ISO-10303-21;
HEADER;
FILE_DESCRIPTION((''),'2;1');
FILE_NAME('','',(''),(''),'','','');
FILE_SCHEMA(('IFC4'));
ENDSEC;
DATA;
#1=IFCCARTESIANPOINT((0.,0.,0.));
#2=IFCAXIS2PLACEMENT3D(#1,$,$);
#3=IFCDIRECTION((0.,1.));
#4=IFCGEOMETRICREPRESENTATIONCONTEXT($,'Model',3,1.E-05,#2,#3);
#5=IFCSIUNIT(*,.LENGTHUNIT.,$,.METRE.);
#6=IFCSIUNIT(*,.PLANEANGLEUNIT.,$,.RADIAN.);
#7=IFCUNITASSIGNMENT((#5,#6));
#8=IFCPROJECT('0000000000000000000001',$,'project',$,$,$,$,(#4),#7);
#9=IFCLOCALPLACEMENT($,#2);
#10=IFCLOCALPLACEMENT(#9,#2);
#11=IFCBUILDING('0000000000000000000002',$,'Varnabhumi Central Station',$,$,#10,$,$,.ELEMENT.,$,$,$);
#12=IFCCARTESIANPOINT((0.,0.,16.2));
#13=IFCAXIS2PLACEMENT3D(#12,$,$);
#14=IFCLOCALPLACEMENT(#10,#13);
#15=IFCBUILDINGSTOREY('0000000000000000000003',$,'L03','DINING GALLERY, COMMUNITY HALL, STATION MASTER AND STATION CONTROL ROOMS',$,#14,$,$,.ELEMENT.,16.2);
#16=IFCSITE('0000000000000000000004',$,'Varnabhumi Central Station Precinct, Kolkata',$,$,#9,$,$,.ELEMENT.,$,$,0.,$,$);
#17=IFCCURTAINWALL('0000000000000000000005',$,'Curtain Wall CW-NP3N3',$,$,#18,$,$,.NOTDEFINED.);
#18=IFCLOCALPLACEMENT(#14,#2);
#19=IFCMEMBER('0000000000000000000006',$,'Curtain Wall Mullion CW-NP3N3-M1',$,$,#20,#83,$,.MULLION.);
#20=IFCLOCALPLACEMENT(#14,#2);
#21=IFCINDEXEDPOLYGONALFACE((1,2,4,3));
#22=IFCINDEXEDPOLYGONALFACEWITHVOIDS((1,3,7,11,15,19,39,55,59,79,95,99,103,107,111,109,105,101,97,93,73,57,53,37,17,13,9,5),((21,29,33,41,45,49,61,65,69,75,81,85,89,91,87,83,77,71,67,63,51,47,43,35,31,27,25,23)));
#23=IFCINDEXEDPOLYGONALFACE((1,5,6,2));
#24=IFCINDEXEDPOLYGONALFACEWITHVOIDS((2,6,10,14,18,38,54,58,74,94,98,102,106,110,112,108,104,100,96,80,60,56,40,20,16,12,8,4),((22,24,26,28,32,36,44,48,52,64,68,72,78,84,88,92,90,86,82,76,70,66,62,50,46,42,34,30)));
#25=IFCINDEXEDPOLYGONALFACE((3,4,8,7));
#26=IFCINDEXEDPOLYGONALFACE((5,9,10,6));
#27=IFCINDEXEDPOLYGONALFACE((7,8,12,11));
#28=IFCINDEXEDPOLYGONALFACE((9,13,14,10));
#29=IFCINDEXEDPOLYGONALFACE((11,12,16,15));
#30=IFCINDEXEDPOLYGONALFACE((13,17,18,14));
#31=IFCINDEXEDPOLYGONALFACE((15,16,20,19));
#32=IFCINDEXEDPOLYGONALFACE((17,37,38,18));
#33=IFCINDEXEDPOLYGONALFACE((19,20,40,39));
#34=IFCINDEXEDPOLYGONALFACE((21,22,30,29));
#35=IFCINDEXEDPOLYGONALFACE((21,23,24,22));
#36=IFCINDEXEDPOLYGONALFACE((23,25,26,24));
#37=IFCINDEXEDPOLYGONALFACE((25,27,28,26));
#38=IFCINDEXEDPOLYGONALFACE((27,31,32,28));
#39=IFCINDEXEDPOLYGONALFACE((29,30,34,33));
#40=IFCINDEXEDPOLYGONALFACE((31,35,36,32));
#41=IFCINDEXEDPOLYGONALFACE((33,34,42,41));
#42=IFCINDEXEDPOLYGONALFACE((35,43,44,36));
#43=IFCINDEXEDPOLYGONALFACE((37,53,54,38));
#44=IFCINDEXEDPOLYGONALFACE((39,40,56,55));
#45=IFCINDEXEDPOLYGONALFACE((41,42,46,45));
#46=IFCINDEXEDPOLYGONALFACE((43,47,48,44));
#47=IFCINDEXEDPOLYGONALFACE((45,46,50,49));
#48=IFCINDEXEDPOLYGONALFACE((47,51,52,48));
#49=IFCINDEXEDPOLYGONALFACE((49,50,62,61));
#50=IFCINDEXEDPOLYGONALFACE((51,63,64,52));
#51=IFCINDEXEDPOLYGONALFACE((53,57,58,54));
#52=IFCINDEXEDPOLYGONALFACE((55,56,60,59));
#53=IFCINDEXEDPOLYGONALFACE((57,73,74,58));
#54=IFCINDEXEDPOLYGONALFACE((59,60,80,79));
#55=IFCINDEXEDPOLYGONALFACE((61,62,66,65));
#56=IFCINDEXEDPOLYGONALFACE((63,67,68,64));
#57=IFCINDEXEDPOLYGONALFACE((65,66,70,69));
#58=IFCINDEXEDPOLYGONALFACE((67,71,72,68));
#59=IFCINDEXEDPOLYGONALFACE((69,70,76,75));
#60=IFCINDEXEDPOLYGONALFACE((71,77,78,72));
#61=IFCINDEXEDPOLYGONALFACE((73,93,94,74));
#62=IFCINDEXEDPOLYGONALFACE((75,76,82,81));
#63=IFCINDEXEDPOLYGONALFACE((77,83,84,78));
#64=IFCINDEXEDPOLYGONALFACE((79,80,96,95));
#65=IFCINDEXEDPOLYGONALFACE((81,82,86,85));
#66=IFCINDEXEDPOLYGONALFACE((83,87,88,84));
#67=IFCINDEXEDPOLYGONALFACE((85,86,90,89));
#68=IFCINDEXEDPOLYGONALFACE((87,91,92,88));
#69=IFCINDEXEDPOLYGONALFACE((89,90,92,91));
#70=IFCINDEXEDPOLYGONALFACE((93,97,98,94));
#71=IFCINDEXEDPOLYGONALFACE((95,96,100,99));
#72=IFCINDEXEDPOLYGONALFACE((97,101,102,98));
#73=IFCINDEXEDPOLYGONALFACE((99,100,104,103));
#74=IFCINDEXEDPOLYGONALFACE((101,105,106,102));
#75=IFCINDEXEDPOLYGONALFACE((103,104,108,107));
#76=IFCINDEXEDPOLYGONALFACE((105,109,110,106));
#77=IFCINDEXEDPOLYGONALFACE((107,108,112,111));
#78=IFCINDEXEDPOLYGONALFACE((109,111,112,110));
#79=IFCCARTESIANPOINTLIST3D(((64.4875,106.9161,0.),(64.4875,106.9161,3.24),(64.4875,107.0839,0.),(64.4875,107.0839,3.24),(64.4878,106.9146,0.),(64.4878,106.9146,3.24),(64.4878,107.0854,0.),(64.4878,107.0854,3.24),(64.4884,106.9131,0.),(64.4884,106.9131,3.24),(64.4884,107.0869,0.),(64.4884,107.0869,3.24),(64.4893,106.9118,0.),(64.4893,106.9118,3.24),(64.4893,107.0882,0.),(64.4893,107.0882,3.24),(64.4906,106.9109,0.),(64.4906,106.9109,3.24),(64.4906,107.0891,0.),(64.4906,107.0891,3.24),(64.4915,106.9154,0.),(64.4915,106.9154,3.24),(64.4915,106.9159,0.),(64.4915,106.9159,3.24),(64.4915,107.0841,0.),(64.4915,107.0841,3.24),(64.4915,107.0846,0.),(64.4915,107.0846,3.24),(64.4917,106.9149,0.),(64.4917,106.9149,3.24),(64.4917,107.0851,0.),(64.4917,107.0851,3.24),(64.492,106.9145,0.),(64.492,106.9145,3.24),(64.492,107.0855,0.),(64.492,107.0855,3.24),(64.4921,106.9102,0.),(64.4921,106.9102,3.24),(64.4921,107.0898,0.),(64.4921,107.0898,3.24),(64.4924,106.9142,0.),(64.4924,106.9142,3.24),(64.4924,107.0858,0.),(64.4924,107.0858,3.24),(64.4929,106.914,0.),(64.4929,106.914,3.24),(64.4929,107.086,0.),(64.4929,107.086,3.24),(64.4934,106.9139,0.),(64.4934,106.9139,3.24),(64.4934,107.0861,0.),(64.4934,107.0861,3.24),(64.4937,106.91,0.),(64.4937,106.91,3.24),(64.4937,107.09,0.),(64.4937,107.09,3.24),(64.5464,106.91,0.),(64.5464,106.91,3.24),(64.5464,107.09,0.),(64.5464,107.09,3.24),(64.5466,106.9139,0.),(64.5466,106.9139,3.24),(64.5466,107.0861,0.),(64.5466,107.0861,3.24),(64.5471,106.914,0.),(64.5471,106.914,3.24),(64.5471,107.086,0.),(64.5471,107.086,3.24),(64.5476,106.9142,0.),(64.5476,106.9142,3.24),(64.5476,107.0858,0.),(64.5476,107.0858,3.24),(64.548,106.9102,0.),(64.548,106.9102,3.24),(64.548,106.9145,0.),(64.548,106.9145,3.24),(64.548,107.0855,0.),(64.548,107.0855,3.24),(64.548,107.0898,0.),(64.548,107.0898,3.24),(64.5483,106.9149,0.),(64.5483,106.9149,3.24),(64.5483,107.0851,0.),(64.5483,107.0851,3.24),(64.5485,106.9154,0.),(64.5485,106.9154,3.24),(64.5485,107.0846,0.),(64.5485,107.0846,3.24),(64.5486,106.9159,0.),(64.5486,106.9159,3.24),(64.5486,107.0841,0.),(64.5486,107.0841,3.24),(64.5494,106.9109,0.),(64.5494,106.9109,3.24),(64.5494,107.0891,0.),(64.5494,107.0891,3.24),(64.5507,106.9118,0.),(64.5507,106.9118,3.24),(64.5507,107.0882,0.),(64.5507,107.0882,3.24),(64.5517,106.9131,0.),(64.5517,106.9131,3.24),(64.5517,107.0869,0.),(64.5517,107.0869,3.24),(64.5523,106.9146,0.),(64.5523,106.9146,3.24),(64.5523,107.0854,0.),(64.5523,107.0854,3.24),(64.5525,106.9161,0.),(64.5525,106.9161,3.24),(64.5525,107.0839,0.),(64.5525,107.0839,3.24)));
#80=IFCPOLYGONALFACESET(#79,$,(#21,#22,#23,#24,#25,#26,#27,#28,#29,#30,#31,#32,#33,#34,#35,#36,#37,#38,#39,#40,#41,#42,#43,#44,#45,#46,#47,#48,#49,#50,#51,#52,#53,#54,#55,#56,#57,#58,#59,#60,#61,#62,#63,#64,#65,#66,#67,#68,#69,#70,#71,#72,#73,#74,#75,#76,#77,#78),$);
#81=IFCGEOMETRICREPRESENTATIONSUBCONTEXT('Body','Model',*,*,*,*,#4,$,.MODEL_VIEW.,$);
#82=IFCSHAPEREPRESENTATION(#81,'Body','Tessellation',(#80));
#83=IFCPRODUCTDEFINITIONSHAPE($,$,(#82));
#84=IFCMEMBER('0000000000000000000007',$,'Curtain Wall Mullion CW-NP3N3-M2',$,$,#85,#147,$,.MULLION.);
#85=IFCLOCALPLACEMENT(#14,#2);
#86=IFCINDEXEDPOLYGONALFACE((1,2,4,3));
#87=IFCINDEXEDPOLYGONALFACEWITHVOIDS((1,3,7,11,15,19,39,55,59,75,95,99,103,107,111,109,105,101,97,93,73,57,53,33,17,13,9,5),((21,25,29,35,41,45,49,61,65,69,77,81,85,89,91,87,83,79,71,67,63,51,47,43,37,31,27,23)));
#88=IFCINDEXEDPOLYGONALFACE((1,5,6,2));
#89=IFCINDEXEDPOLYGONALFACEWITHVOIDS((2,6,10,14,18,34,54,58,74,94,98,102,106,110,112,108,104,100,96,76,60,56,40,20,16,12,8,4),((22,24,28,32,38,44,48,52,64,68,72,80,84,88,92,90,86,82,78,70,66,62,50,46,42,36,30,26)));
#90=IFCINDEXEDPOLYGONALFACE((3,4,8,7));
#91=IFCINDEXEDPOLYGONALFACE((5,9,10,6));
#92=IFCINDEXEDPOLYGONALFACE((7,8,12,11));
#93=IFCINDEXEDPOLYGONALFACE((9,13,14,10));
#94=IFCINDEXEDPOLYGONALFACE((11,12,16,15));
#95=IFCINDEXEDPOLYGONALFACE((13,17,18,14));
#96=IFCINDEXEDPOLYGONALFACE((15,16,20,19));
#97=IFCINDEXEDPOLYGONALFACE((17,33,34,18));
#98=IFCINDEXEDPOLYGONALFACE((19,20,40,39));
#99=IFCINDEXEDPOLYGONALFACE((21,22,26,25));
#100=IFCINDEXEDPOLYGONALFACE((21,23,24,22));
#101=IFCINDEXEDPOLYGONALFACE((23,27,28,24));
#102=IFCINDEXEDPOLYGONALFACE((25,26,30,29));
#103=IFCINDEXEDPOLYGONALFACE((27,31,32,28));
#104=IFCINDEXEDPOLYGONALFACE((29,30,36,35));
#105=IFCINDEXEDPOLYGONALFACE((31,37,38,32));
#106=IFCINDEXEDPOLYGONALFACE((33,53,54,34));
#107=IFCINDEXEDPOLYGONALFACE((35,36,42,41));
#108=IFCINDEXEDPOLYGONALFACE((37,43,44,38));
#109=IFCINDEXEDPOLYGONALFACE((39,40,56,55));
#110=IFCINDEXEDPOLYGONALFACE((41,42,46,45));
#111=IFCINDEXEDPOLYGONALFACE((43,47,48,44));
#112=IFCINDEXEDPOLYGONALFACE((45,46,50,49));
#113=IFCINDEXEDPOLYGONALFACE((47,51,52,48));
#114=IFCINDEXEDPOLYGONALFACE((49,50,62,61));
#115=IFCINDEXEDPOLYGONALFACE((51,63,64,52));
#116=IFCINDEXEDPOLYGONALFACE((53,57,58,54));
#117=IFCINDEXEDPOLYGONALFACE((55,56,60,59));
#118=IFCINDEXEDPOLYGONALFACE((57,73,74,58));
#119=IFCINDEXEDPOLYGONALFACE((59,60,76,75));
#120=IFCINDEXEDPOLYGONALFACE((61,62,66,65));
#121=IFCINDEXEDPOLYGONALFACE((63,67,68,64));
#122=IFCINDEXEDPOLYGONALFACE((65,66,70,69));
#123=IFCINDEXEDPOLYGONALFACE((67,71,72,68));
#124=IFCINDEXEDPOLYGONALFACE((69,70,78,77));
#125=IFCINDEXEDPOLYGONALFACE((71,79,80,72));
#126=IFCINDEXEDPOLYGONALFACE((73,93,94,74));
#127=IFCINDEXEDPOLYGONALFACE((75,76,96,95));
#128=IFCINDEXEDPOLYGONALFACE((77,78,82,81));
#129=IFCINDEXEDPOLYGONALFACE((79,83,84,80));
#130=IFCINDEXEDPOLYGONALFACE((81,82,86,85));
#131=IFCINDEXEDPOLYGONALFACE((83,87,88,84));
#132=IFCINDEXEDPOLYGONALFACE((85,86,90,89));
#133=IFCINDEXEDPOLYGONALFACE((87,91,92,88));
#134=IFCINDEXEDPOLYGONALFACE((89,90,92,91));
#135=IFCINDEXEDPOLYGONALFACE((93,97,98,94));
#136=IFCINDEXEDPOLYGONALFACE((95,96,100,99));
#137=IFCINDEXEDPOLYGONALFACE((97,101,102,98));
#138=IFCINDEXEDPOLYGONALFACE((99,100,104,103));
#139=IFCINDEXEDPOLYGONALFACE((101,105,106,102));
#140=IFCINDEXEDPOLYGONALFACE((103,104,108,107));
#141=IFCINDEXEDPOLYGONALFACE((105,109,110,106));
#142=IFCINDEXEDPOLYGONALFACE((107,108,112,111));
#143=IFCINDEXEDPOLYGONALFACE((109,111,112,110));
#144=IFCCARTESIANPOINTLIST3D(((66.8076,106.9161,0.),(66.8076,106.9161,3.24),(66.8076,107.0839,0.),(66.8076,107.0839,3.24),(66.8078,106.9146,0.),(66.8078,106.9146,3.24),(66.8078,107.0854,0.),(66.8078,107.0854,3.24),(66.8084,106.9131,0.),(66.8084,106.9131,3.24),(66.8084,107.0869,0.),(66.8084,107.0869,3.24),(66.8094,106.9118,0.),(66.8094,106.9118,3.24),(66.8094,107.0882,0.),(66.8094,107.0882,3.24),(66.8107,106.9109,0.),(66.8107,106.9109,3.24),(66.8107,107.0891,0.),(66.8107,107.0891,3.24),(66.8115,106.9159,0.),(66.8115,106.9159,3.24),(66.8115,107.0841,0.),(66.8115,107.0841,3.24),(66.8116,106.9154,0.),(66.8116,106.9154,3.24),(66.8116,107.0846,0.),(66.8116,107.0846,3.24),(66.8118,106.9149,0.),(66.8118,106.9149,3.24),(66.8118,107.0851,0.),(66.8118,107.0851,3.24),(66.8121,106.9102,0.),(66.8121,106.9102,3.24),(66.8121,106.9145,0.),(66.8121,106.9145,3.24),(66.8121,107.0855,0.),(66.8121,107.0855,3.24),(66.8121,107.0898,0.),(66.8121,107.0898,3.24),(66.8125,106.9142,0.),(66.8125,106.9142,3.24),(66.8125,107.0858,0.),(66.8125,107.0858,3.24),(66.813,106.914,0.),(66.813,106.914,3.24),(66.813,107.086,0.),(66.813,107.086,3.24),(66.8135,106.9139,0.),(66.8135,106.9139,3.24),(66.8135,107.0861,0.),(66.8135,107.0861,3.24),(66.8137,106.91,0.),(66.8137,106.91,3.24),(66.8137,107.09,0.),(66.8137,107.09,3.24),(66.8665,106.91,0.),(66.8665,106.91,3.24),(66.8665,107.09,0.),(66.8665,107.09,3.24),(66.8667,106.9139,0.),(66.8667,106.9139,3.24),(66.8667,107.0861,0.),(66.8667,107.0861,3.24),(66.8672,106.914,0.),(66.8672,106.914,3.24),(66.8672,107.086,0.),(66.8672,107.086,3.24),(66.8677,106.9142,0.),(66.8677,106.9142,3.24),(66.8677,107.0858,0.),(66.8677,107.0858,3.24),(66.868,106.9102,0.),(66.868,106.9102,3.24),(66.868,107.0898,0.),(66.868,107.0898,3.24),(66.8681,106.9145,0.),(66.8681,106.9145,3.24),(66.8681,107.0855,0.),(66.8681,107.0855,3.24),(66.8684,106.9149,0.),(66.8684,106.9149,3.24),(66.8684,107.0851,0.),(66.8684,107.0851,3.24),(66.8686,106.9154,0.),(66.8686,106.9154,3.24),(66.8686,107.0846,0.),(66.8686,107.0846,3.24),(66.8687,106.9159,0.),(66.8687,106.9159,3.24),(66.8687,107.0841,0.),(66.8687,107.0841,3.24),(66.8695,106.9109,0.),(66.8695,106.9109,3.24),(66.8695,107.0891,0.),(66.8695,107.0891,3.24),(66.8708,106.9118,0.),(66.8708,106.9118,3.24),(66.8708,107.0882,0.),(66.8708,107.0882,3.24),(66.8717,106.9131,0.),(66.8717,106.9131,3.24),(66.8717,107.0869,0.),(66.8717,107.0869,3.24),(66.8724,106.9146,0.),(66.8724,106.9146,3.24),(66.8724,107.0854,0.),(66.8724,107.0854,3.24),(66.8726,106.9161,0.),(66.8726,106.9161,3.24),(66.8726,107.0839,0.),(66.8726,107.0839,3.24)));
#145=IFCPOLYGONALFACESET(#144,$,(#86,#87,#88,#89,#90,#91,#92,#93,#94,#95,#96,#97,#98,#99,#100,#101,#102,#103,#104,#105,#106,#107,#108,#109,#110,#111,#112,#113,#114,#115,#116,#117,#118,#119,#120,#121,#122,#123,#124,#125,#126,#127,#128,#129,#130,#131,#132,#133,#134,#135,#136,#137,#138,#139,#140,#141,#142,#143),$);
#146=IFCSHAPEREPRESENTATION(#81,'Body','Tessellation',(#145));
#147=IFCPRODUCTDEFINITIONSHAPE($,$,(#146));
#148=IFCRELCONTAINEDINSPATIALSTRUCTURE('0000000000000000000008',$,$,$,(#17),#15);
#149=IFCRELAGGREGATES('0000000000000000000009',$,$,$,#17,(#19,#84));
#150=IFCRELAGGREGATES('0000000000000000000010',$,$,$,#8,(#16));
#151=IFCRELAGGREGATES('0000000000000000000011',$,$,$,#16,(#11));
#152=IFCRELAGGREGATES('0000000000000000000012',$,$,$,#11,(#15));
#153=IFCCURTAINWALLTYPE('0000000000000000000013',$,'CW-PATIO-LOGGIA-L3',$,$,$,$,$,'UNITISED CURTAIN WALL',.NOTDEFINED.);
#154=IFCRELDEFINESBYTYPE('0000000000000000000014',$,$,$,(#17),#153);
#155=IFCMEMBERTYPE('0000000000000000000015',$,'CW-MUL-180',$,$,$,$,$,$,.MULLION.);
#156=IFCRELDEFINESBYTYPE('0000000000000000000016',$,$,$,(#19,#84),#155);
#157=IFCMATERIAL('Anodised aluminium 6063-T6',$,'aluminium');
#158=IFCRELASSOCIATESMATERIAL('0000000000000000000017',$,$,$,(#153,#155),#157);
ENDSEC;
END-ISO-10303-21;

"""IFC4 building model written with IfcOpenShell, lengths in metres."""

from ifc_helpers import new_model, si_unit, direction, frame, origin, origin_2d, place, context, subcontext, project, spatial, hollow_rectangle, extrude, material, material_profile, profile_set, type_object, element, aggregate, save


model = new_model("IFC4")

# Units and contexts
model_context = context("Model", 3, precision=1e-05, world=origin(), true_north=direction((0.0, 1.0)))
body_context = subcontext(model_context, "Body", "Model", "MODEL_VIEW")
ifc_project = project(units=[si_unit("LENGTHUNIT", "METRE"), si_unit("PLANEANGLEUNIT", "RADIAN")], contexts=[model_context])

# Site, building, storey
site_placement = place(None, origin())
site = spatial("IfcSite", under=ifc_project, at=site_placement, Name="Varnabhumi Central Station Precinct, Kolkata", CompositionType="ELEMENT", RefElevation=0.0)
building_placement = place(site_placement, origin())
building = spatial("IfcBuilding", under=site, at=building_placement, Name="Varnabhumi Central Station", CompositionType="ELEMENT")
storey_placement = place(building_placement, frame((0.0, 0.0, 16.2)))
storey = spatial("IfcBuildingStorey", under=building, at=storey_placement, Name="L03", Description="DINING GALLERY, COMMUNITY HALL, STATION MASTER AND STATION CONTROL ROOMS", CompositionType="ELEMENT", Elevation=16.2)

# Curtain wall, members
ifc_material_1 = material(Name="Anodised aluminium 6063-T6", Category="aluminium")
curtain_wall_type = type_object("IfcCurtainWallType", Name="CW-PATIO-LOGGIA-L3", ElementType="UNITISED CURTAIN WALL", PredefinedType="NOTDEFINED", material=ifc_material_1)
ifc_material_profile_1 = material_profile(ifc_material_1, hollow_rectangle(XDim=0.0649, YDim=0.1799, WallThickness=0.0039, InnerFilletRadius=0.002, OuterFilletRadius=0.0061, at=origin_2d()), Name="Anodised aluminium 6063-T6", Category="aluminium")
ifc_profile_set_1 = profile_set([ifc_material_profile_1], Name="Anodised aluminium 6063-T6")
member_type_1 = type_object("IfcMemberType", Name="CW-MUL-180", PredefinedType="MULLION", material=ifc_profile_set_1)
curtain_wall_1_placement = place(storey_placement, origin())
curtain_wall_1 = element("IfcCurtainWall", 1, at=curtain_wall_1_placement, inside=storey, type_object=curtain_wall_type, Name="Curtain Wall CW-NP3N3", PredefinedType="NOTDEFINED")
member_1_placement = place(storey_placement, frame((64.52, 107.0, 0.0), z_axis=(0.0, 0.0, 1.0), x_axis=(1.0, 0.0, 0.0)))
member_1 = element("IfcMember", 2, at=member_1_placement, type_object=member_type_1, Name="Curtain Wall Mullion CW-NP3N3-M1", PredefinedType="MULLION", context=body_context, shape_type="SweptSolid", body=[
    extrude(hollow_rectangle(XDim=0.0649, YDim=0.1799, WallThickness=0.0039, InnerFilletRadius=0.002, OuterFilletRadius=0.0061, at=origin_2d()), origin(), (0.0, 0.0, 1.0), 3.24),
])
member_2_placement = place(storey_placement, frame((66.8401, 107.0, 0.0), z_axis=(0.0, 0.0, 1.0), x_axis=(1.0, 0.0, 0.0)))
member_2 = element("IfcMember", 3, at=member_2_placement, type_object=member_type_1, Name="Curtain Wall Mullion CW-NP3N3-M2", PredefinedType="MULLION", context=body_context, shape_type="SweptSolid", body=[
    extrude(hollow_rectangle(XDim=0.0649, YDim=0.1799, WallThickness=0.0039, InnerFilletRadius=0.002, OuterFilletRadius=0.0061, at=origin_2d()), origin(), (0.0, 0.0, 1.0), 3.24),
])

aggregate(curtain_wall_1, [member_1, member_2])

save(model, "model.ifc")
